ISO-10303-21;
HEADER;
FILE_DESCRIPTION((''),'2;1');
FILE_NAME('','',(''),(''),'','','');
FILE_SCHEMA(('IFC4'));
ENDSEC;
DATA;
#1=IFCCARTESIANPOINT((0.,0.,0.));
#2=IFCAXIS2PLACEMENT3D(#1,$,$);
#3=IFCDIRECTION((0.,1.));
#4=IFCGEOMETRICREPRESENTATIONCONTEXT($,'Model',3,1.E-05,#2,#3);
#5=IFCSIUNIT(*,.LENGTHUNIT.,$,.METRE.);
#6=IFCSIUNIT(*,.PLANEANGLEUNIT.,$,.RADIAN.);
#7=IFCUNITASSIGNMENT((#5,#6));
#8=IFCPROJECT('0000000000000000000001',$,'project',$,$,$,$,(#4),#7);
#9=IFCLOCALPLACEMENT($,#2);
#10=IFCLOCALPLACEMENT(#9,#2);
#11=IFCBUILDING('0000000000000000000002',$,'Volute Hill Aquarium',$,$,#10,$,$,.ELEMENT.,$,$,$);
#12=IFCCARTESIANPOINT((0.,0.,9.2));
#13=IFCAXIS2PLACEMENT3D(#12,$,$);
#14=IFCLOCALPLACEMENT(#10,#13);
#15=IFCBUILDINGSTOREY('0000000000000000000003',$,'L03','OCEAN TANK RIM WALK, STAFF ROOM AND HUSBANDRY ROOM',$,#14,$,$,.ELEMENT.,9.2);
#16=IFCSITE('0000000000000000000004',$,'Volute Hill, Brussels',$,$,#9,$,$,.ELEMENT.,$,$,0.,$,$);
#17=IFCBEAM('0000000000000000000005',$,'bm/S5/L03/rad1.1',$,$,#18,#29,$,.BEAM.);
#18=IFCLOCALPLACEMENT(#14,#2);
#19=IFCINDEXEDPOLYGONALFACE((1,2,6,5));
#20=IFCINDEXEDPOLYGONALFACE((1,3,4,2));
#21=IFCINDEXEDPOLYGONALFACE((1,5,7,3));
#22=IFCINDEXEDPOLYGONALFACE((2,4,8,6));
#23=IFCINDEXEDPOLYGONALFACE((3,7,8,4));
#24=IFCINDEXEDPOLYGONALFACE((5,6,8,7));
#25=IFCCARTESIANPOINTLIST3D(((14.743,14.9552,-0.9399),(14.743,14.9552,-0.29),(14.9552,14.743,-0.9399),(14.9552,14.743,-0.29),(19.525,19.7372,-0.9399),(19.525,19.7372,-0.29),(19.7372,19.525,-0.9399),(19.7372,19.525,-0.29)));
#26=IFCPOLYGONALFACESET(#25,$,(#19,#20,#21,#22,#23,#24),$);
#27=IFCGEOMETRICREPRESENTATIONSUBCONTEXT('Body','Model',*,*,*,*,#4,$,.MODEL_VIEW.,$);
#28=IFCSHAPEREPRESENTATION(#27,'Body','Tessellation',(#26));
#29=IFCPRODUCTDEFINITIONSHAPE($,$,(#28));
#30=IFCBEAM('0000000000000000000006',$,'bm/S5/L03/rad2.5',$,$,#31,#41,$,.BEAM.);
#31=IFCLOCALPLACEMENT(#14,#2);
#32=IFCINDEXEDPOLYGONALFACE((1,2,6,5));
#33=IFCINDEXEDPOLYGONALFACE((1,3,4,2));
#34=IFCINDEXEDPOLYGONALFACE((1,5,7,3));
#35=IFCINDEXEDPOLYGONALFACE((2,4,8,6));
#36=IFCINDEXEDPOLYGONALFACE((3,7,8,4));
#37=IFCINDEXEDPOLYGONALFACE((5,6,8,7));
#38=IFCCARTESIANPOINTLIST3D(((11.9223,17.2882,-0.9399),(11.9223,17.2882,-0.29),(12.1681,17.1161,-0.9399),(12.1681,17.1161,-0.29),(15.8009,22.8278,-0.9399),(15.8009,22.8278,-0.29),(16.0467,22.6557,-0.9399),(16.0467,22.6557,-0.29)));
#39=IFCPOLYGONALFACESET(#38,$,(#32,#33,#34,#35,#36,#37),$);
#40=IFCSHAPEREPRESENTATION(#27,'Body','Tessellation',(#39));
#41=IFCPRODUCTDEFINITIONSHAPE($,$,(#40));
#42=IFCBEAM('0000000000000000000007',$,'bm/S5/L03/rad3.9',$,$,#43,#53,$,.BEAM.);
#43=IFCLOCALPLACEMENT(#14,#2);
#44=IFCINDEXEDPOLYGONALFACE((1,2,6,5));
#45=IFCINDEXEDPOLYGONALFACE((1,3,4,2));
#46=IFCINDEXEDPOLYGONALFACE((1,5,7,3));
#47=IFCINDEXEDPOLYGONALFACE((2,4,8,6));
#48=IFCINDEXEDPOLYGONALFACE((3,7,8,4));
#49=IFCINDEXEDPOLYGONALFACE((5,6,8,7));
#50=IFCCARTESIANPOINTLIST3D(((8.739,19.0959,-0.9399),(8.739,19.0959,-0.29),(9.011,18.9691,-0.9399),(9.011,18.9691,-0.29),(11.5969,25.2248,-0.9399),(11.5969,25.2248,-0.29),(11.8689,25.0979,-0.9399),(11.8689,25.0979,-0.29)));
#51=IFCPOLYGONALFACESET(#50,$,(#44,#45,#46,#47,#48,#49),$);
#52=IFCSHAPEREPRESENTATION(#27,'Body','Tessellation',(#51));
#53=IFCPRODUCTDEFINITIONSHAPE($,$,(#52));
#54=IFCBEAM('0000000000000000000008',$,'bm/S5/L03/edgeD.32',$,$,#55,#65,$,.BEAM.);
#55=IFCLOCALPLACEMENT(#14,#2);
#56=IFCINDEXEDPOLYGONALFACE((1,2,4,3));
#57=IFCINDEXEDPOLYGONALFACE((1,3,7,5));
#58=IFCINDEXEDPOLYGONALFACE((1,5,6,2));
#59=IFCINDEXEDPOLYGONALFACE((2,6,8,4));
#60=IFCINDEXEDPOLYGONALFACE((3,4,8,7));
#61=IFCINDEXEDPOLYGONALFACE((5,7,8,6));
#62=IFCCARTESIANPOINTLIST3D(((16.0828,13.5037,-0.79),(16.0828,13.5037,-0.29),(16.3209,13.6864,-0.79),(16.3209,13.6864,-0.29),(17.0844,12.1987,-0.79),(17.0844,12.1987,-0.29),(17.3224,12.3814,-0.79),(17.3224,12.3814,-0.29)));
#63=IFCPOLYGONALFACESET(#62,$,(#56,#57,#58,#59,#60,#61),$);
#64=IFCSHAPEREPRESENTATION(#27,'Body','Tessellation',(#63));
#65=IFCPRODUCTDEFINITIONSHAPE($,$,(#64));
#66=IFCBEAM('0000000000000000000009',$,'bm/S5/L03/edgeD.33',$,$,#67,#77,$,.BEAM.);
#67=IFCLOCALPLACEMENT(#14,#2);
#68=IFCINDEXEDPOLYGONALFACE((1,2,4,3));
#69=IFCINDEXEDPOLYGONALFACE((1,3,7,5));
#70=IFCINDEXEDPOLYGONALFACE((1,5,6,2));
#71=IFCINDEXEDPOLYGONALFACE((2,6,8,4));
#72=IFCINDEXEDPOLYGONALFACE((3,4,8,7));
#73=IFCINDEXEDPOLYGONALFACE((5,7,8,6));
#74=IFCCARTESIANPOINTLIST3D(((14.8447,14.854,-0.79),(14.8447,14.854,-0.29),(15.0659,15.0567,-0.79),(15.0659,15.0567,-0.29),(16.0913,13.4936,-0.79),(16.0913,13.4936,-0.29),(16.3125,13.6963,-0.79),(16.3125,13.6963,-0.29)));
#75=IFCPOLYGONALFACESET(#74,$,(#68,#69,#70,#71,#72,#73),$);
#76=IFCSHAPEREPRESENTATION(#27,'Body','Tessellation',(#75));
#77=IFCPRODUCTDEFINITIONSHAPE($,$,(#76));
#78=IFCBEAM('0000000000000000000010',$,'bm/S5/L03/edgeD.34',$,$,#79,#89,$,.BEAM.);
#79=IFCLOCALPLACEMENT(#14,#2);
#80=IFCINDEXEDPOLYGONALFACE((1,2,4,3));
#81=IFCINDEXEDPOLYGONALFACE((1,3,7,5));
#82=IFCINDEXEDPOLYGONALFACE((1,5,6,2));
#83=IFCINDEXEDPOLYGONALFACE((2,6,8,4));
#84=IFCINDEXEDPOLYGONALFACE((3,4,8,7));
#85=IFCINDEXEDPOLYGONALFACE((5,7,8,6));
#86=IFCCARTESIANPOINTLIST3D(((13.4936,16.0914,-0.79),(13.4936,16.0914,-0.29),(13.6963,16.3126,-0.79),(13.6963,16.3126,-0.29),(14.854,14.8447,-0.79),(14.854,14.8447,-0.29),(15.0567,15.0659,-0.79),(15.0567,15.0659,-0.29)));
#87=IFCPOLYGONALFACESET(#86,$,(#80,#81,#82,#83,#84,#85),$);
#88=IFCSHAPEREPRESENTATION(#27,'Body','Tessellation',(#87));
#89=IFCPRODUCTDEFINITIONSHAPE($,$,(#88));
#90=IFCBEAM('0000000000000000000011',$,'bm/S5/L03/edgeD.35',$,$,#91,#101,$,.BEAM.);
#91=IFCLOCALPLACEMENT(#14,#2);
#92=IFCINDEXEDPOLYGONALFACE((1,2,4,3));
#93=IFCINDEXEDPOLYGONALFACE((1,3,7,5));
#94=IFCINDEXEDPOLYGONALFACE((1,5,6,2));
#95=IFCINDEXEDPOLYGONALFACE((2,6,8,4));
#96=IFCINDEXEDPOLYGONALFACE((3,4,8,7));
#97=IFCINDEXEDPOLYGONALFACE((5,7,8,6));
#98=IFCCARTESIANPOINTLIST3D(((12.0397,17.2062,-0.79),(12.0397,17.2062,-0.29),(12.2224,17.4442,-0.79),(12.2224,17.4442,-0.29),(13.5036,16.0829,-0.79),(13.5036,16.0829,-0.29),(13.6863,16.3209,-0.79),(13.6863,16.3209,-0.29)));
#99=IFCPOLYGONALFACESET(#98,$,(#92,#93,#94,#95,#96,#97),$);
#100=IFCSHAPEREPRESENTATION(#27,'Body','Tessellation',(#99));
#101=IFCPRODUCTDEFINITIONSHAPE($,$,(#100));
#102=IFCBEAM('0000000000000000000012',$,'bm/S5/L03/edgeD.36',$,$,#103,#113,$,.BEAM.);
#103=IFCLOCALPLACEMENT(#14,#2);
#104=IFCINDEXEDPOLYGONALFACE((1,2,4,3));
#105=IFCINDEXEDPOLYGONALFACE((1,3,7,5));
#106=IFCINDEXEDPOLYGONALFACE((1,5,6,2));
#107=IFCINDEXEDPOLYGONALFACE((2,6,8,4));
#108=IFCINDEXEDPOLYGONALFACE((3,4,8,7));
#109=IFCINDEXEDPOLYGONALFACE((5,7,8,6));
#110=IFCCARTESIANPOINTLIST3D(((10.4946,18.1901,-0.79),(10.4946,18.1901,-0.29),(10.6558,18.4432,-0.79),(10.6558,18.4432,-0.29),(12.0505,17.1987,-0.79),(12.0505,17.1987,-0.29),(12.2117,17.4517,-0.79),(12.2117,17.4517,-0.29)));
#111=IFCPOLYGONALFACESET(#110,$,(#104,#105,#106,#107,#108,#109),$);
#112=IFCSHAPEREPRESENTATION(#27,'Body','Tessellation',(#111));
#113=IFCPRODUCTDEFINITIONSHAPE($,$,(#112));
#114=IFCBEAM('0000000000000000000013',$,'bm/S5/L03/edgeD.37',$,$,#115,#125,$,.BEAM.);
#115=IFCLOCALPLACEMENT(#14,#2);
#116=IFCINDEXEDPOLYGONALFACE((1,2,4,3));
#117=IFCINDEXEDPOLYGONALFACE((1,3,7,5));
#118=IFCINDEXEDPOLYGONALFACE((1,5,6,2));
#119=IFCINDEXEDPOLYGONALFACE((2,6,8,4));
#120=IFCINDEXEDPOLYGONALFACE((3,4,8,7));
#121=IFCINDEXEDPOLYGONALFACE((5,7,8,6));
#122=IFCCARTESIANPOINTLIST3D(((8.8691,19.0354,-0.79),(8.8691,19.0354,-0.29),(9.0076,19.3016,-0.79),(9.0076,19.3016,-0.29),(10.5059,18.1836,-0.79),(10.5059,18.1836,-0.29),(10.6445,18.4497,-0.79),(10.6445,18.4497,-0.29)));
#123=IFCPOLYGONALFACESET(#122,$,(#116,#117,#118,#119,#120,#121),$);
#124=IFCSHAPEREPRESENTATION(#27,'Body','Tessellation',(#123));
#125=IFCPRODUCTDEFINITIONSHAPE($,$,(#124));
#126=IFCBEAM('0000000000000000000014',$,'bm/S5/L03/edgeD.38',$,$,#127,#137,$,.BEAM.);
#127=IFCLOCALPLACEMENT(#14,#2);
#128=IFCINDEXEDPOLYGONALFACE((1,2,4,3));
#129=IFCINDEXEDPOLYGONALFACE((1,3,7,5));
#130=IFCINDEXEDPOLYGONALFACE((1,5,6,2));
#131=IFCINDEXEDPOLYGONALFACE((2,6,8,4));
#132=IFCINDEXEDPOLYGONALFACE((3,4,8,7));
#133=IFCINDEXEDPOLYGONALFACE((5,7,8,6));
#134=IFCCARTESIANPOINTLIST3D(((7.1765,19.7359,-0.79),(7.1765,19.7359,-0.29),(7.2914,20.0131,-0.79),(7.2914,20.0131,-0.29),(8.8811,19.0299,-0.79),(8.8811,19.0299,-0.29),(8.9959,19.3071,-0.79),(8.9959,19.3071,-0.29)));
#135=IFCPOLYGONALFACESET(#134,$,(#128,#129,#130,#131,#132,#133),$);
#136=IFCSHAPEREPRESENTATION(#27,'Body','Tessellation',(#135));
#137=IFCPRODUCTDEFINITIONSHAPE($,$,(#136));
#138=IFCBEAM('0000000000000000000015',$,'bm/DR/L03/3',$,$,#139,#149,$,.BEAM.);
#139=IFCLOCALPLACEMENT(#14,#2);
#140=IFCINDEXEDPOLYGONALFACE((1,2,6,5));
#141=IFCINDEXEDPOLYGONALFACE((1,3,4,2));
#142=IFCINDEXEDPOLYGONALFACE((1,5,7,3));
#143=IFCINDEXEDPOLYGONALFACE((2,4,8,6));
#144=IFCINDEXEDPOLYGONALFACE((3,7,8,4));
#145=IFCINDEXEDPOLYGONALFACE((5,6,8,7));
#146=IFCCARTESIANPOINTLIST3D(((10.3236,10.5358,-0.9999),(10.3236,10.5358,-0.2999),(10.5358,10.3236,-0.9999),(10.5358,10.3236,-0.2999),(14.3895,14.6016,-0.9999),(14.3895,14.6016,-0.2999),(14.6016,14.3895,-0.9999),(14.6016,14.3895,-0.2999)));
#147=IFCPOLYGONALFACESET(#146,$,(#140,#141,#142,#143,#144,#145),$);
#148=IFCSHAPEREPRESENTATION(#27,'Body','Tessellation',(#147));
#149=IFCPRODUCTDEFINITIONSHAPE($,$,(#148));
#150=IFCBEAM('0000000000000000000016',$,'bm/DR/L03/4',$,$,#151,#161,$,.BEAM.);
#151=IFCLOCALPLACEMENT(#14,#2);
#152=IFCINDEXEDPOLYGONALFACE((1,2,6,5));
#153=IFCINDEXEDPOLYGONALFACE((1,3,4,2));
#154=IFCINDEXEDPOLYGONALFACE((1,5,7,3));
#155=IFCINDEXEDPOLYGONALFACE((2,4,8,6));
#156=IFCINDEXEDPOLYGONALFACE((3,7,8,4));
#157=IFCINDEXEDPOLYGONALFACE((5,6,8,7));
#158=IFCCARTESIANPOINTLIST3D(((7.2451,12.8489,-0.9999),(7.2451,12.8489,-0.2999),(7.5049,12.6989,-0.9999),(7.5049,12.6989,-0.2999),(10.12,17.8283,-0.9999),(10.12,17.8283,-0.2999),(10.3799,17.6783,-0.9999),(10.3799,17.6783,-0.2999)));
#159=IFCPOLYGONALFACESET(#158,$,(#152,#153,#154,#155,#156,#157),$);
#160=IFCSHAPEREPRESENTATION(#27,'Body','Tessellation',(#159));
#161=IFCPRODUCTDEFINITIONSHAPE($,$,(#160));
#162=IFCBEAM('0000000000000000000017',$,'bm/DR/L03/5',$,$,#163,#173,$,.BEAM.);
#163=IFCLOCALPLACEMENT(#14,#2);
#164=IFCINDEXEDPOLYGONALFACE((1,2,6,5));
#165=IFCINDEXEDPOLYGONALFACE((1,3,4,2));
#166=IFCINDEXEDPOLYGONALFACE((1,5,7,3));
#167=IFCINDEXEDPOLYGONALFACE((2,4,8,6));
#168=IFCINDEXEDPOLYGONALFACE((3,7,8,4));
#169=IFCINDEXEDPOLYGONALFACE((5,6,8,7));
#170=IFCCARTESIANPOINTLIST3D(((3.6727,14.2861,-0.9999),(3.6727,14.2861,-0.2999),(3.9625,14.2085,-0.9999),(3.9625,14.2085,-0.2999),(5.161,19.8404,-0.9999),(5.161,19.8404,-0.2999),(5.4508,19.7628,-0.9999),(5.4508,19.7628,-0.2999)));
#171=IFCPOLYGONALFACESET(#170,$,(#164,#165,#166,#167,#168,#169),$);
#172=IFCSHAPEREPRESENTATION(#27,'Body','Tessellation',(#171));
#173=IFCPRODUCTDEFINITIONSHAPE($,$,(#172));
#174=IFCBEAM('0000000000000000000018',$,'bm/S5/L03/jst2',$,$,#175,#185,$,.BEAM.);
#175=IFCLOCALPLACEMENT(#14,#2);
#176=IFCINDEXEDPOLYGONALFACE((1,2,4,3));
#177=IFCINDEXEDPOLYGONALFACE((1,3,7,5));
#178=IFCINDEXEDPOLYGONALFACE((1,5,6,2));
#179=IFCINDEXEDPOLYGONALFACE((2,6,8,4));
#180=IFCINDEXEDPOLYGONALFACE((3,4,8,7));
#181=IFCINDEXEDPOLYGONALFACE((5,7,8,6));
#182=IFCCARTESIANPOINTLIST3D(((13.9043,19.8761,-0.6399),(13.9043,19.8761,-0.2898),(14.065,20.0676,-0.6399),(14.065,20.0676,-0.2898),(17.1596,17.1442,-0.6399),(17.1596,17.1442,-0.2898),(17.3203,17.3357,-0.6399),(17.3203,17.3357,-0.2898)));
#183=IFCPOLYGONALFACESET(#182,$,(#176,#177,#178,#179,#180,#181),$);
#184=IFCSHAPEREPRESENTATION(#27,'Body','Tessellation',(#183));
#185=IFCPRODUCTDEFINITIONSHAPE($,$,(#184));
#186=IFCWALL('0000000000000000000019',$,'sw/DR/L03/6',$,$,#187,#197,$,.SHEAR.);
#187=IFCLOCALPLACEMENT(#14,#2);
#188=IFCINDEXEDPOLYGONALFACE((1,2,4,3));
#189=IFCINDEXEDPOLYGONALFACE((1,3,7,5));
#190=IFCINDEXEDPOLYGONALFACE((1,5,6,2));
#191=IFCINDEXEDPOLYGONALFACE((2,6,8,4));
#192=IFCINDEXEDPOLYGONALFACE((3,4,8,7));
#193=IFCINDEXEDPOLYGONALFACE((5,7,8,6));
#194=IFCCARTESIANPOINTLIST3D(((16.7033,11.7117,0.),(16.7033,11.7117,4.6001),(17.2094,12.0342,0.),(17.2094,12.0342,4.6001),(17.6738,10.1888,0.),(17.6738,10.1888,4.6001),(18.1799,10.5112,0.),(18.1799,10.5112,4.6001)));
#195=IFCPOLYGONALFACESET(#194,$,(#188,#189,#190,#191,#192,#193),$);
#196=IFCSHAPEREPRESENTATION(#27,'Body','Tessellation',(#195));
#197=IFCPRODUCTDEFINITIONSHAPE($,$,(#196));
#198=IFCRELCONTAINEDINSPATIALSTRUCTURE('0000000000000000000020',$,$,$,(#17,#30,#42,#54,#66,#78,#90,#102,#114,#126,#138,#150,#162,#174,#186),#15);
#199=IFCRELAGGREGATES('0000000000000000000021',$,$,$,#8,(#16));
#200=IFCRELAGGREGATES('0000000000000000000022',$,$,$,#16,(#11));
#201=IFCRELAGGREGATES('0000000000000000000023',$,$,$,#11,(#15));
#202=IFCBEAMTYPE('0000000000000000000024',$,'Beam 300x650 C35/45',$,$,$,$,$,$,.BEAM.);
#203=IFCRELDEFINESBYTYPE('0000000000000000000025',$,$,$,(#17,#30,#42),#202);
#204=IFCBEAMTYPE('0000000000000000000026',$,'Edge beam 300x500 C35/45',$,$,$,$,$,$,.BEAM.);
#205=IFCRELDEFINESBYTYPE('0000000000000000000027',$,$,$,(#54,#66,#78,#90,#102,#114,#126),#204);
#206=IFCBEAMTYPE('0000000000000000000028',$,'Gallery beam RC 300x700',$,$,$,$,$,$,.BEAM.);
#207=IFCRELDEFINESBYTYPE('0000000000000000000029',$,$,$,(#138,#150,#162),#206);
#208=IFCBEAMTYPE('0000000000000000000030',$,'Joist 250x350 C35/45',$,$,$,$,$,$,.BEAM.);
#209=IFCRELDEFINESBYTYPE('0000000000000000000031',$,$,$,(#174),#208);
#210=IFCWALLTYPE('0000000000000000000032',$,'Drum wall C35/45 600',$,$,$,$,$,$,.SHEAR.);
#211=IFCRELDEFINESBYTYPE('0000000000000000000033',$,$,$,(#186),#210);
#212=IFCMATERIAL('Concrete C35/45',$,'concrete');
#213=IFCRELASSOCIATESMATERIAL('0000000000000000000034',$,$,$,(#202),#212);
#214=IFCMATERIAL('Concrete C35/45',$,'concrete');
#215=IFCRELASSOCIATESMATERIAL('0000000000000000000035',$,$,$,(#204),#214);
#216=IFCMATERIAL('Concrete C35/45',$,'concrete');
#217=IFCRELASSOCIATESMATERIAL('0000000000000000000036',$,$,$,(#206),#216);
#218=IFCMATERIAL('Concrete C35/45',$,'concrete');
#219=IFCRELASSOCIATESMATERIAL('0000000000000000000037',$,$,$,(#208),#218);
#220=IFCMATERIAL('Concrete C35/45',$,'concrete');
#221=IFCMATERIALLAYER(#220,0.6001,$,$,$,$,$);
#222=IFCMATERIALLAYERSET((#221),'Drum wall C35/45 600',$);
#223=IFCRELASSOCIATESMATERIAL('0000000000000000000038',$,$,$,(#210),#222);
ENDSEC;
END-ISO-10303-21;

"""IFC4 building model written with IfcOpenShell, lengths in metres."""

from ifc_helpers import new_model, si_unit, direction, frame, frame_2d, origin, origin_2d, place, context, subcontext, project, spatial, rectangle, extrude, material, layer, layer_set, material_profile, profile_set, type_object, element, save


model = new_model("IFC4")

# Units and contexts
model_context = context("Model", 3, precision=1e-05, world=origin(), true_north=direction((0.0, 1.0)))
body_context = subcontext(model_context, "Body", "Model", "MODEL_VIEW")
ifc_project = project(units=[si_unit("LENGTHUNIT", "METRE"), si_unit("PLANEANGLEUNIT", "RADIAN")], contexts=[model_context])

# Site, building, storey
site_placement = place(None, origin())
site = spatial("IfcSite", under=ifc_project, at=site_placement, Name="Volute Hill, Brussels", CompositionType="ELEMENT", RefElevation=0.0)
building_placement = place(site_placement, origin())
building = spatial("IfcBuilding", under=site, at=building_placement, Name="Volute Hill Aquarium", CompositionType="ELEMENT")
storey_placement = place(building_placement, frame((0.0, 0.0, 9.2)))
storey = spatial("IfcBuildingStorey", under=building, at=storey_placement, Name="L03", Description="OCEAN TANK RIM WALK, STAFF ROOM AND HUSBANDRY ROOM", CompositionType="ELEMENT", Elevation=9.2)

# Beams
ifc_material_1 = material(Name="Concrete C35/45", Category="concrete")
ifc_material_profile_1 = material_profile(ifc_material_1, rectangle(XDim=0.3, YDim=0.6499, at=origin_2d()), Name="RC beam 300x650")
ifc_profile_set_1 = profile_set([ifc_material_profile_1], Name="Concrete C35/45")
beam_type_1 = type_object("IfcBeamType", Name="Beam 300x650 C35/45", PredefinedType="BEAM", material=ifc_profile_set_1)
beam_1_placement = place(storey_placement, frame((14.8491, 14.8491, -0.615), z_axis=(0.707107, 0.707107, 0.0), x_axis=(-0.707107, 0.707107, 0.0)))
element("IfcBeam", 1, at=beam_1_placement, inside=storey, type_object=beam_type_1, Name="bm/S5/L03/rad1.1", PredefinedType="BEAM", context=body_context, shape_type="SweptSolid", body=[
    extrude(rectangle(XDim=0.3, YDim=0.6499, at=origin_2d()), origin(), (0.0, 0.0, 1.0), 6.7627),
])
for number, where, z_axis, x_axis, name in (
    (2, (12.0452, 17.2021, -0.615), (0.573559, 0.819164, 0.0), (-0.819164, 0.573559, 0.0), "bm/S5/L03/rad2.5"),
    (3, (8.875, 19.0325, -0.615), (0.422613, 0.90631, 0.0), (-0.90631, 0.422613, 0.0), "bm/S5/L03/rad3.9"),
):
    element("IfcBeam", number, at=place(storey_placement, frame(where, z_axis=z_axis, x_axis=x_axis)), inside=storey, type_object=beam_type_1, Name=name, PredefinedType="BEAM", context=body_context, shape_type="SweptSolid", body=[
        extrude(rectangle(XDim=0.3, YDim=0.6499, at=origin_2d()), origin(), (0.0, 0.0, 1.0), 6.7625),
    ])
ifc_material_2 = material(Name="Concrete C35/45", Category="concrete")
ifc_material_profile_2 = material_profile(ifc_material_2, rectangle(XDim=0.3, YDim=0.5, at=origin_2d()), Name="RC edge beam 300x500")
ifc_profile_set_2 = profile_set([ifc_material_profile_2], Name="Concrete C35/45")
beam_type_2 = type_object("IfcBeamType", Name="Edge beam 300x500 C35/45", PredefinedType="BEAM", material=ifc_profile_set_2)
beam_2_placement = place(storey_placement, frame((17.2034, 12.29, -0.54), z_axis=(-0.608821, 0.793308, 0.0), x_axis=(-0.793308, -0.608821, 0.0)))
element("IfcBeam", 4, at=beam_2_placement, inside=storey, type_object=beam_type_2, Name="bm/S5/L03/edgeD.32", PredefinedType="BEAM", context=body_context, shape_type="SweptSolid", body=[
    extrude(rectangle(XDim=0.3, YDim=0.5, at=origin_2d()), origin(), (0.0, 0.0, 1.0), 1.645),
])
for number, where, z_axis, x_axis, name in (
    (5, (16.2019, 13.595, -0.54), (-0.675605, 0.737264, 0.0), (-0.737264, -0.675605, 0.0), "bm/S5/L03/edgeD.33"),
    (6, (14.9553, 14.9553, -0.54), (-0.737264, 0.675605, 0.0), (-0.675605, -0.737264, 0.0), "bm/S5/L03/edgeD.34"),
    (7, (13.595, 16.2019, -0.54), (-0.793346, 0.60877, 0.0), (-0.60877, -0.793346, 0.0), "bm/S5/L03/edgeD.35"),
):
    element("IfcBeam", number, at=place(storey_placement, frame(where, z_axis=z_axis, x_axis=x_axis)), inside=storey, type_object=beam_type_2, Name=name, PredefinedType="BEAM", context=body_context, shape_type="SweptSolid", body=[
        extrude(rectangle(XDim=0.3, YDim=0.5, at=origin_2d()), origin(), (0.0, 0.0, 1.0), 1.8452),
    ])
beam_3_placement = place(storey_placement, frame((12.1311, 17.3252, -0.54), z_axis=(-0.843334, 0.537389, 0.0), x_axis=(-0.537389, -0.843334, 0.0)))
element("IfcBeam", 8, at=beam_3_placement, inside=storey, type_object=beam_type_2, Name="bm/S5/L03/edgeD.36", PredefinedType="BEAM", context=body_context, shape_type="SweptSolid", body=[
    extrude(rectangle(XDim=0.3, YDim=0.5, at=origin_2d()), origin(), (0.0, 0.0, 1.0), 1.845),
])
beam_4_placement = place(storey_placement, frame((10.5752, 18.3167, -0.54), z_axis=(-0.887059, 0.461657, 0.0), x_axis=(-0.461657, -0.887059, 0.0)))
element("IfcBeam", 9, at=beam_4_placement, inside=storey, type_object=beam_type_2, Name="bm/S5/L03/edgeD.37", PredefinedType="BEAM", context=body_context, shape_type="SweptSolid", body=[
    extrude(rectangle(XDim=0.3, YDim=0.5, at=origin_2d()), origin(), (0.0, 0.0, 1.0), 1.8452),
])
beam_5_placement = place(storey_placement, frame((8.9385, 19.1685, -0.54), z_axis=(-0.923881, 0.382679, 0.0), x_axis=(-0.382679, -0.923881, 0.0)))
element("IfcBeam", 10, at=beam_5_placement, inside=storey, type_object=beam_type_2, Name="bm/S5/L03/edgeD.38", PredefinedType="BEAM", context=body_context, shape_type="SweptSolid", body=[
    extrude(rectangle(XDim=0.3, YDim=0.5, at=origin_2d()), origin(), (0.0, 0.0, 1.0), 1.845),
])
ifc_material_3 = material(Name="Concrete C35/45", Category="concrete")
ifc_material_profile_3 = material_profile(ifc_material_3, rectangle(XDim=0.3, YDim=0.7, at=origin_2d()), Name="RC beam 300x700")
ifc_profile_set_3 = profile_set([ifc_material_profile_3], Name="Concrete C35/45")
beam_type_3 = type_object("IfcBeamType", Name="Gallery beam RC 300x700", PredefinedType="BEAM", material=ifc_profile_set_3)
beam_6_placement = place(storey_placement, frame((10.4297, 10.4297, -0.6499), z_axis=(0.707107, 0.707107, 0.0), x_axis=(-0.707107, 0.707107, 0.0)))
element("IfcBeam", 11, at=beam_6_placement, inside=storey, type_object=beam_type_3, Name="bm/DR/L03/3", PredefinedType="BEAM", context=body_context, shape_type="SweptSolid", body=[
    extrude(rectangle(XDim=0.3, YDim=0.7, at=origin_2d()), origin(), (0.0, 0.0, 1.0), 5.75),
])
beam_7_placement = place(storey_placement, frame((7.375, 12.7739, -0.6499), z_axis=(0.500012, 0.866019, 0.0), x_axis=(-0.866019, 0.500012, 0.0)))
element("IfcBeam", 12, at=beam_7_placement, inside=storey, type_object=beam_type_3, Name="bm/DR/L03/4", PredefinedType="BEAM", context=body_context, shape_type="SweptSolid", body=[
    extrude(rectangle(XDim=0.3, YDim=0.7, at=origin_2d()), origin(), (0.0, 0.0, 1.0), 5.7498),
])
beam_8_placement = place(storey_placement, frame((3.8176, 14.2473, -0.6499), z_axis=(0.258825, 0.965924, 0.0), x_axis=(-0.965924, 0.258825, 0.0)))
element("IfcBeam", 13, at=beam_8_placement, inside=storey, type_object=beam_type_3, Name="bm/DR/L03/5", PredefinedType="BEAM", context=body_context, shape_type="SweptSolid", body=[
    extrude(rectangle(XDim=0.3, YDim=0.7, at=origin_2d()), origin(), (0.0, 0.0, 1.0), 5.7502),
])
ifc_material_4 = material(Name="Concrete C35/45", Category="concrete")
ifc_material_profile_4 = material_profile(ifc_material_4, rectangle(XDim=0.25, YDim=0.3501, at=origin_2d()), Name="RC joist 250x350")
ifc_profile_set_4 = profile_set([ifc_material_profile_4], Name="Concrete C35/45")
beam_type_4 = type_object("IfcBeamType", Name="Joist 250x350 C35/45", PredefinedType="BEAM", material=ifc_profile_set_4)
beam_9_placement = place(storey_placement, frame((17.24, 17.24, -0.4648), z_axis=(-0.766004, 0.642836, 0.0), x_axis=(-0.642836, -0.766004, 0.0)))
element("IfcBeam", 14, at=beam_9_placement, inside=storey, type_object=beam_type_4, Name="bm/S5/L03/jst2", PredefinedType="BEAM", context=body_context, shape_type="SweptSolid", body=[
    extrude(rectangle(XDim=0.25, YDim=0.3501, at=origin_2d()), origin(), (0.0, 0.0, 1.0), 4.2498),
])

# Wall
ifc_material_5 = material(Name="Concrete C35/45", Category="concrete")
ifc_layer_1 = layer(ifc_material_5, 0.6001)
ifc_layer_set_1 = layer_set([ifc_layer_1], Name="Drum wall C35/45 600")
wall_type_1 = type_object("IfcWallType", Name="Drum wall C35/45 600", PredefinedType="SHEAR", material=ifc_layer_set_1)
wall_1_placement = place(storey_placement, frame((17.9268, 10.3501, 0.0), z_axis=(0.0, 0.0, 1.0), x_axis=(-0.537392, 0.843333, 0.0)))
element("IfcWall", 15, at=wall_1_placement, inside=storey, type_object=wall_type_1, Name="sw/DR/L03/6", PredefinedType="SHEAR", context=body_context, shape_type="SweptSolid", body=[
    extrude(rectangle(XDim=1.8059, YDim=0.6001, at=frame_2d((0.9028, 0.0))), origin(), (0.0, 0.0, 1.0), 4.6001),
])

save(model, "model.ifc")
